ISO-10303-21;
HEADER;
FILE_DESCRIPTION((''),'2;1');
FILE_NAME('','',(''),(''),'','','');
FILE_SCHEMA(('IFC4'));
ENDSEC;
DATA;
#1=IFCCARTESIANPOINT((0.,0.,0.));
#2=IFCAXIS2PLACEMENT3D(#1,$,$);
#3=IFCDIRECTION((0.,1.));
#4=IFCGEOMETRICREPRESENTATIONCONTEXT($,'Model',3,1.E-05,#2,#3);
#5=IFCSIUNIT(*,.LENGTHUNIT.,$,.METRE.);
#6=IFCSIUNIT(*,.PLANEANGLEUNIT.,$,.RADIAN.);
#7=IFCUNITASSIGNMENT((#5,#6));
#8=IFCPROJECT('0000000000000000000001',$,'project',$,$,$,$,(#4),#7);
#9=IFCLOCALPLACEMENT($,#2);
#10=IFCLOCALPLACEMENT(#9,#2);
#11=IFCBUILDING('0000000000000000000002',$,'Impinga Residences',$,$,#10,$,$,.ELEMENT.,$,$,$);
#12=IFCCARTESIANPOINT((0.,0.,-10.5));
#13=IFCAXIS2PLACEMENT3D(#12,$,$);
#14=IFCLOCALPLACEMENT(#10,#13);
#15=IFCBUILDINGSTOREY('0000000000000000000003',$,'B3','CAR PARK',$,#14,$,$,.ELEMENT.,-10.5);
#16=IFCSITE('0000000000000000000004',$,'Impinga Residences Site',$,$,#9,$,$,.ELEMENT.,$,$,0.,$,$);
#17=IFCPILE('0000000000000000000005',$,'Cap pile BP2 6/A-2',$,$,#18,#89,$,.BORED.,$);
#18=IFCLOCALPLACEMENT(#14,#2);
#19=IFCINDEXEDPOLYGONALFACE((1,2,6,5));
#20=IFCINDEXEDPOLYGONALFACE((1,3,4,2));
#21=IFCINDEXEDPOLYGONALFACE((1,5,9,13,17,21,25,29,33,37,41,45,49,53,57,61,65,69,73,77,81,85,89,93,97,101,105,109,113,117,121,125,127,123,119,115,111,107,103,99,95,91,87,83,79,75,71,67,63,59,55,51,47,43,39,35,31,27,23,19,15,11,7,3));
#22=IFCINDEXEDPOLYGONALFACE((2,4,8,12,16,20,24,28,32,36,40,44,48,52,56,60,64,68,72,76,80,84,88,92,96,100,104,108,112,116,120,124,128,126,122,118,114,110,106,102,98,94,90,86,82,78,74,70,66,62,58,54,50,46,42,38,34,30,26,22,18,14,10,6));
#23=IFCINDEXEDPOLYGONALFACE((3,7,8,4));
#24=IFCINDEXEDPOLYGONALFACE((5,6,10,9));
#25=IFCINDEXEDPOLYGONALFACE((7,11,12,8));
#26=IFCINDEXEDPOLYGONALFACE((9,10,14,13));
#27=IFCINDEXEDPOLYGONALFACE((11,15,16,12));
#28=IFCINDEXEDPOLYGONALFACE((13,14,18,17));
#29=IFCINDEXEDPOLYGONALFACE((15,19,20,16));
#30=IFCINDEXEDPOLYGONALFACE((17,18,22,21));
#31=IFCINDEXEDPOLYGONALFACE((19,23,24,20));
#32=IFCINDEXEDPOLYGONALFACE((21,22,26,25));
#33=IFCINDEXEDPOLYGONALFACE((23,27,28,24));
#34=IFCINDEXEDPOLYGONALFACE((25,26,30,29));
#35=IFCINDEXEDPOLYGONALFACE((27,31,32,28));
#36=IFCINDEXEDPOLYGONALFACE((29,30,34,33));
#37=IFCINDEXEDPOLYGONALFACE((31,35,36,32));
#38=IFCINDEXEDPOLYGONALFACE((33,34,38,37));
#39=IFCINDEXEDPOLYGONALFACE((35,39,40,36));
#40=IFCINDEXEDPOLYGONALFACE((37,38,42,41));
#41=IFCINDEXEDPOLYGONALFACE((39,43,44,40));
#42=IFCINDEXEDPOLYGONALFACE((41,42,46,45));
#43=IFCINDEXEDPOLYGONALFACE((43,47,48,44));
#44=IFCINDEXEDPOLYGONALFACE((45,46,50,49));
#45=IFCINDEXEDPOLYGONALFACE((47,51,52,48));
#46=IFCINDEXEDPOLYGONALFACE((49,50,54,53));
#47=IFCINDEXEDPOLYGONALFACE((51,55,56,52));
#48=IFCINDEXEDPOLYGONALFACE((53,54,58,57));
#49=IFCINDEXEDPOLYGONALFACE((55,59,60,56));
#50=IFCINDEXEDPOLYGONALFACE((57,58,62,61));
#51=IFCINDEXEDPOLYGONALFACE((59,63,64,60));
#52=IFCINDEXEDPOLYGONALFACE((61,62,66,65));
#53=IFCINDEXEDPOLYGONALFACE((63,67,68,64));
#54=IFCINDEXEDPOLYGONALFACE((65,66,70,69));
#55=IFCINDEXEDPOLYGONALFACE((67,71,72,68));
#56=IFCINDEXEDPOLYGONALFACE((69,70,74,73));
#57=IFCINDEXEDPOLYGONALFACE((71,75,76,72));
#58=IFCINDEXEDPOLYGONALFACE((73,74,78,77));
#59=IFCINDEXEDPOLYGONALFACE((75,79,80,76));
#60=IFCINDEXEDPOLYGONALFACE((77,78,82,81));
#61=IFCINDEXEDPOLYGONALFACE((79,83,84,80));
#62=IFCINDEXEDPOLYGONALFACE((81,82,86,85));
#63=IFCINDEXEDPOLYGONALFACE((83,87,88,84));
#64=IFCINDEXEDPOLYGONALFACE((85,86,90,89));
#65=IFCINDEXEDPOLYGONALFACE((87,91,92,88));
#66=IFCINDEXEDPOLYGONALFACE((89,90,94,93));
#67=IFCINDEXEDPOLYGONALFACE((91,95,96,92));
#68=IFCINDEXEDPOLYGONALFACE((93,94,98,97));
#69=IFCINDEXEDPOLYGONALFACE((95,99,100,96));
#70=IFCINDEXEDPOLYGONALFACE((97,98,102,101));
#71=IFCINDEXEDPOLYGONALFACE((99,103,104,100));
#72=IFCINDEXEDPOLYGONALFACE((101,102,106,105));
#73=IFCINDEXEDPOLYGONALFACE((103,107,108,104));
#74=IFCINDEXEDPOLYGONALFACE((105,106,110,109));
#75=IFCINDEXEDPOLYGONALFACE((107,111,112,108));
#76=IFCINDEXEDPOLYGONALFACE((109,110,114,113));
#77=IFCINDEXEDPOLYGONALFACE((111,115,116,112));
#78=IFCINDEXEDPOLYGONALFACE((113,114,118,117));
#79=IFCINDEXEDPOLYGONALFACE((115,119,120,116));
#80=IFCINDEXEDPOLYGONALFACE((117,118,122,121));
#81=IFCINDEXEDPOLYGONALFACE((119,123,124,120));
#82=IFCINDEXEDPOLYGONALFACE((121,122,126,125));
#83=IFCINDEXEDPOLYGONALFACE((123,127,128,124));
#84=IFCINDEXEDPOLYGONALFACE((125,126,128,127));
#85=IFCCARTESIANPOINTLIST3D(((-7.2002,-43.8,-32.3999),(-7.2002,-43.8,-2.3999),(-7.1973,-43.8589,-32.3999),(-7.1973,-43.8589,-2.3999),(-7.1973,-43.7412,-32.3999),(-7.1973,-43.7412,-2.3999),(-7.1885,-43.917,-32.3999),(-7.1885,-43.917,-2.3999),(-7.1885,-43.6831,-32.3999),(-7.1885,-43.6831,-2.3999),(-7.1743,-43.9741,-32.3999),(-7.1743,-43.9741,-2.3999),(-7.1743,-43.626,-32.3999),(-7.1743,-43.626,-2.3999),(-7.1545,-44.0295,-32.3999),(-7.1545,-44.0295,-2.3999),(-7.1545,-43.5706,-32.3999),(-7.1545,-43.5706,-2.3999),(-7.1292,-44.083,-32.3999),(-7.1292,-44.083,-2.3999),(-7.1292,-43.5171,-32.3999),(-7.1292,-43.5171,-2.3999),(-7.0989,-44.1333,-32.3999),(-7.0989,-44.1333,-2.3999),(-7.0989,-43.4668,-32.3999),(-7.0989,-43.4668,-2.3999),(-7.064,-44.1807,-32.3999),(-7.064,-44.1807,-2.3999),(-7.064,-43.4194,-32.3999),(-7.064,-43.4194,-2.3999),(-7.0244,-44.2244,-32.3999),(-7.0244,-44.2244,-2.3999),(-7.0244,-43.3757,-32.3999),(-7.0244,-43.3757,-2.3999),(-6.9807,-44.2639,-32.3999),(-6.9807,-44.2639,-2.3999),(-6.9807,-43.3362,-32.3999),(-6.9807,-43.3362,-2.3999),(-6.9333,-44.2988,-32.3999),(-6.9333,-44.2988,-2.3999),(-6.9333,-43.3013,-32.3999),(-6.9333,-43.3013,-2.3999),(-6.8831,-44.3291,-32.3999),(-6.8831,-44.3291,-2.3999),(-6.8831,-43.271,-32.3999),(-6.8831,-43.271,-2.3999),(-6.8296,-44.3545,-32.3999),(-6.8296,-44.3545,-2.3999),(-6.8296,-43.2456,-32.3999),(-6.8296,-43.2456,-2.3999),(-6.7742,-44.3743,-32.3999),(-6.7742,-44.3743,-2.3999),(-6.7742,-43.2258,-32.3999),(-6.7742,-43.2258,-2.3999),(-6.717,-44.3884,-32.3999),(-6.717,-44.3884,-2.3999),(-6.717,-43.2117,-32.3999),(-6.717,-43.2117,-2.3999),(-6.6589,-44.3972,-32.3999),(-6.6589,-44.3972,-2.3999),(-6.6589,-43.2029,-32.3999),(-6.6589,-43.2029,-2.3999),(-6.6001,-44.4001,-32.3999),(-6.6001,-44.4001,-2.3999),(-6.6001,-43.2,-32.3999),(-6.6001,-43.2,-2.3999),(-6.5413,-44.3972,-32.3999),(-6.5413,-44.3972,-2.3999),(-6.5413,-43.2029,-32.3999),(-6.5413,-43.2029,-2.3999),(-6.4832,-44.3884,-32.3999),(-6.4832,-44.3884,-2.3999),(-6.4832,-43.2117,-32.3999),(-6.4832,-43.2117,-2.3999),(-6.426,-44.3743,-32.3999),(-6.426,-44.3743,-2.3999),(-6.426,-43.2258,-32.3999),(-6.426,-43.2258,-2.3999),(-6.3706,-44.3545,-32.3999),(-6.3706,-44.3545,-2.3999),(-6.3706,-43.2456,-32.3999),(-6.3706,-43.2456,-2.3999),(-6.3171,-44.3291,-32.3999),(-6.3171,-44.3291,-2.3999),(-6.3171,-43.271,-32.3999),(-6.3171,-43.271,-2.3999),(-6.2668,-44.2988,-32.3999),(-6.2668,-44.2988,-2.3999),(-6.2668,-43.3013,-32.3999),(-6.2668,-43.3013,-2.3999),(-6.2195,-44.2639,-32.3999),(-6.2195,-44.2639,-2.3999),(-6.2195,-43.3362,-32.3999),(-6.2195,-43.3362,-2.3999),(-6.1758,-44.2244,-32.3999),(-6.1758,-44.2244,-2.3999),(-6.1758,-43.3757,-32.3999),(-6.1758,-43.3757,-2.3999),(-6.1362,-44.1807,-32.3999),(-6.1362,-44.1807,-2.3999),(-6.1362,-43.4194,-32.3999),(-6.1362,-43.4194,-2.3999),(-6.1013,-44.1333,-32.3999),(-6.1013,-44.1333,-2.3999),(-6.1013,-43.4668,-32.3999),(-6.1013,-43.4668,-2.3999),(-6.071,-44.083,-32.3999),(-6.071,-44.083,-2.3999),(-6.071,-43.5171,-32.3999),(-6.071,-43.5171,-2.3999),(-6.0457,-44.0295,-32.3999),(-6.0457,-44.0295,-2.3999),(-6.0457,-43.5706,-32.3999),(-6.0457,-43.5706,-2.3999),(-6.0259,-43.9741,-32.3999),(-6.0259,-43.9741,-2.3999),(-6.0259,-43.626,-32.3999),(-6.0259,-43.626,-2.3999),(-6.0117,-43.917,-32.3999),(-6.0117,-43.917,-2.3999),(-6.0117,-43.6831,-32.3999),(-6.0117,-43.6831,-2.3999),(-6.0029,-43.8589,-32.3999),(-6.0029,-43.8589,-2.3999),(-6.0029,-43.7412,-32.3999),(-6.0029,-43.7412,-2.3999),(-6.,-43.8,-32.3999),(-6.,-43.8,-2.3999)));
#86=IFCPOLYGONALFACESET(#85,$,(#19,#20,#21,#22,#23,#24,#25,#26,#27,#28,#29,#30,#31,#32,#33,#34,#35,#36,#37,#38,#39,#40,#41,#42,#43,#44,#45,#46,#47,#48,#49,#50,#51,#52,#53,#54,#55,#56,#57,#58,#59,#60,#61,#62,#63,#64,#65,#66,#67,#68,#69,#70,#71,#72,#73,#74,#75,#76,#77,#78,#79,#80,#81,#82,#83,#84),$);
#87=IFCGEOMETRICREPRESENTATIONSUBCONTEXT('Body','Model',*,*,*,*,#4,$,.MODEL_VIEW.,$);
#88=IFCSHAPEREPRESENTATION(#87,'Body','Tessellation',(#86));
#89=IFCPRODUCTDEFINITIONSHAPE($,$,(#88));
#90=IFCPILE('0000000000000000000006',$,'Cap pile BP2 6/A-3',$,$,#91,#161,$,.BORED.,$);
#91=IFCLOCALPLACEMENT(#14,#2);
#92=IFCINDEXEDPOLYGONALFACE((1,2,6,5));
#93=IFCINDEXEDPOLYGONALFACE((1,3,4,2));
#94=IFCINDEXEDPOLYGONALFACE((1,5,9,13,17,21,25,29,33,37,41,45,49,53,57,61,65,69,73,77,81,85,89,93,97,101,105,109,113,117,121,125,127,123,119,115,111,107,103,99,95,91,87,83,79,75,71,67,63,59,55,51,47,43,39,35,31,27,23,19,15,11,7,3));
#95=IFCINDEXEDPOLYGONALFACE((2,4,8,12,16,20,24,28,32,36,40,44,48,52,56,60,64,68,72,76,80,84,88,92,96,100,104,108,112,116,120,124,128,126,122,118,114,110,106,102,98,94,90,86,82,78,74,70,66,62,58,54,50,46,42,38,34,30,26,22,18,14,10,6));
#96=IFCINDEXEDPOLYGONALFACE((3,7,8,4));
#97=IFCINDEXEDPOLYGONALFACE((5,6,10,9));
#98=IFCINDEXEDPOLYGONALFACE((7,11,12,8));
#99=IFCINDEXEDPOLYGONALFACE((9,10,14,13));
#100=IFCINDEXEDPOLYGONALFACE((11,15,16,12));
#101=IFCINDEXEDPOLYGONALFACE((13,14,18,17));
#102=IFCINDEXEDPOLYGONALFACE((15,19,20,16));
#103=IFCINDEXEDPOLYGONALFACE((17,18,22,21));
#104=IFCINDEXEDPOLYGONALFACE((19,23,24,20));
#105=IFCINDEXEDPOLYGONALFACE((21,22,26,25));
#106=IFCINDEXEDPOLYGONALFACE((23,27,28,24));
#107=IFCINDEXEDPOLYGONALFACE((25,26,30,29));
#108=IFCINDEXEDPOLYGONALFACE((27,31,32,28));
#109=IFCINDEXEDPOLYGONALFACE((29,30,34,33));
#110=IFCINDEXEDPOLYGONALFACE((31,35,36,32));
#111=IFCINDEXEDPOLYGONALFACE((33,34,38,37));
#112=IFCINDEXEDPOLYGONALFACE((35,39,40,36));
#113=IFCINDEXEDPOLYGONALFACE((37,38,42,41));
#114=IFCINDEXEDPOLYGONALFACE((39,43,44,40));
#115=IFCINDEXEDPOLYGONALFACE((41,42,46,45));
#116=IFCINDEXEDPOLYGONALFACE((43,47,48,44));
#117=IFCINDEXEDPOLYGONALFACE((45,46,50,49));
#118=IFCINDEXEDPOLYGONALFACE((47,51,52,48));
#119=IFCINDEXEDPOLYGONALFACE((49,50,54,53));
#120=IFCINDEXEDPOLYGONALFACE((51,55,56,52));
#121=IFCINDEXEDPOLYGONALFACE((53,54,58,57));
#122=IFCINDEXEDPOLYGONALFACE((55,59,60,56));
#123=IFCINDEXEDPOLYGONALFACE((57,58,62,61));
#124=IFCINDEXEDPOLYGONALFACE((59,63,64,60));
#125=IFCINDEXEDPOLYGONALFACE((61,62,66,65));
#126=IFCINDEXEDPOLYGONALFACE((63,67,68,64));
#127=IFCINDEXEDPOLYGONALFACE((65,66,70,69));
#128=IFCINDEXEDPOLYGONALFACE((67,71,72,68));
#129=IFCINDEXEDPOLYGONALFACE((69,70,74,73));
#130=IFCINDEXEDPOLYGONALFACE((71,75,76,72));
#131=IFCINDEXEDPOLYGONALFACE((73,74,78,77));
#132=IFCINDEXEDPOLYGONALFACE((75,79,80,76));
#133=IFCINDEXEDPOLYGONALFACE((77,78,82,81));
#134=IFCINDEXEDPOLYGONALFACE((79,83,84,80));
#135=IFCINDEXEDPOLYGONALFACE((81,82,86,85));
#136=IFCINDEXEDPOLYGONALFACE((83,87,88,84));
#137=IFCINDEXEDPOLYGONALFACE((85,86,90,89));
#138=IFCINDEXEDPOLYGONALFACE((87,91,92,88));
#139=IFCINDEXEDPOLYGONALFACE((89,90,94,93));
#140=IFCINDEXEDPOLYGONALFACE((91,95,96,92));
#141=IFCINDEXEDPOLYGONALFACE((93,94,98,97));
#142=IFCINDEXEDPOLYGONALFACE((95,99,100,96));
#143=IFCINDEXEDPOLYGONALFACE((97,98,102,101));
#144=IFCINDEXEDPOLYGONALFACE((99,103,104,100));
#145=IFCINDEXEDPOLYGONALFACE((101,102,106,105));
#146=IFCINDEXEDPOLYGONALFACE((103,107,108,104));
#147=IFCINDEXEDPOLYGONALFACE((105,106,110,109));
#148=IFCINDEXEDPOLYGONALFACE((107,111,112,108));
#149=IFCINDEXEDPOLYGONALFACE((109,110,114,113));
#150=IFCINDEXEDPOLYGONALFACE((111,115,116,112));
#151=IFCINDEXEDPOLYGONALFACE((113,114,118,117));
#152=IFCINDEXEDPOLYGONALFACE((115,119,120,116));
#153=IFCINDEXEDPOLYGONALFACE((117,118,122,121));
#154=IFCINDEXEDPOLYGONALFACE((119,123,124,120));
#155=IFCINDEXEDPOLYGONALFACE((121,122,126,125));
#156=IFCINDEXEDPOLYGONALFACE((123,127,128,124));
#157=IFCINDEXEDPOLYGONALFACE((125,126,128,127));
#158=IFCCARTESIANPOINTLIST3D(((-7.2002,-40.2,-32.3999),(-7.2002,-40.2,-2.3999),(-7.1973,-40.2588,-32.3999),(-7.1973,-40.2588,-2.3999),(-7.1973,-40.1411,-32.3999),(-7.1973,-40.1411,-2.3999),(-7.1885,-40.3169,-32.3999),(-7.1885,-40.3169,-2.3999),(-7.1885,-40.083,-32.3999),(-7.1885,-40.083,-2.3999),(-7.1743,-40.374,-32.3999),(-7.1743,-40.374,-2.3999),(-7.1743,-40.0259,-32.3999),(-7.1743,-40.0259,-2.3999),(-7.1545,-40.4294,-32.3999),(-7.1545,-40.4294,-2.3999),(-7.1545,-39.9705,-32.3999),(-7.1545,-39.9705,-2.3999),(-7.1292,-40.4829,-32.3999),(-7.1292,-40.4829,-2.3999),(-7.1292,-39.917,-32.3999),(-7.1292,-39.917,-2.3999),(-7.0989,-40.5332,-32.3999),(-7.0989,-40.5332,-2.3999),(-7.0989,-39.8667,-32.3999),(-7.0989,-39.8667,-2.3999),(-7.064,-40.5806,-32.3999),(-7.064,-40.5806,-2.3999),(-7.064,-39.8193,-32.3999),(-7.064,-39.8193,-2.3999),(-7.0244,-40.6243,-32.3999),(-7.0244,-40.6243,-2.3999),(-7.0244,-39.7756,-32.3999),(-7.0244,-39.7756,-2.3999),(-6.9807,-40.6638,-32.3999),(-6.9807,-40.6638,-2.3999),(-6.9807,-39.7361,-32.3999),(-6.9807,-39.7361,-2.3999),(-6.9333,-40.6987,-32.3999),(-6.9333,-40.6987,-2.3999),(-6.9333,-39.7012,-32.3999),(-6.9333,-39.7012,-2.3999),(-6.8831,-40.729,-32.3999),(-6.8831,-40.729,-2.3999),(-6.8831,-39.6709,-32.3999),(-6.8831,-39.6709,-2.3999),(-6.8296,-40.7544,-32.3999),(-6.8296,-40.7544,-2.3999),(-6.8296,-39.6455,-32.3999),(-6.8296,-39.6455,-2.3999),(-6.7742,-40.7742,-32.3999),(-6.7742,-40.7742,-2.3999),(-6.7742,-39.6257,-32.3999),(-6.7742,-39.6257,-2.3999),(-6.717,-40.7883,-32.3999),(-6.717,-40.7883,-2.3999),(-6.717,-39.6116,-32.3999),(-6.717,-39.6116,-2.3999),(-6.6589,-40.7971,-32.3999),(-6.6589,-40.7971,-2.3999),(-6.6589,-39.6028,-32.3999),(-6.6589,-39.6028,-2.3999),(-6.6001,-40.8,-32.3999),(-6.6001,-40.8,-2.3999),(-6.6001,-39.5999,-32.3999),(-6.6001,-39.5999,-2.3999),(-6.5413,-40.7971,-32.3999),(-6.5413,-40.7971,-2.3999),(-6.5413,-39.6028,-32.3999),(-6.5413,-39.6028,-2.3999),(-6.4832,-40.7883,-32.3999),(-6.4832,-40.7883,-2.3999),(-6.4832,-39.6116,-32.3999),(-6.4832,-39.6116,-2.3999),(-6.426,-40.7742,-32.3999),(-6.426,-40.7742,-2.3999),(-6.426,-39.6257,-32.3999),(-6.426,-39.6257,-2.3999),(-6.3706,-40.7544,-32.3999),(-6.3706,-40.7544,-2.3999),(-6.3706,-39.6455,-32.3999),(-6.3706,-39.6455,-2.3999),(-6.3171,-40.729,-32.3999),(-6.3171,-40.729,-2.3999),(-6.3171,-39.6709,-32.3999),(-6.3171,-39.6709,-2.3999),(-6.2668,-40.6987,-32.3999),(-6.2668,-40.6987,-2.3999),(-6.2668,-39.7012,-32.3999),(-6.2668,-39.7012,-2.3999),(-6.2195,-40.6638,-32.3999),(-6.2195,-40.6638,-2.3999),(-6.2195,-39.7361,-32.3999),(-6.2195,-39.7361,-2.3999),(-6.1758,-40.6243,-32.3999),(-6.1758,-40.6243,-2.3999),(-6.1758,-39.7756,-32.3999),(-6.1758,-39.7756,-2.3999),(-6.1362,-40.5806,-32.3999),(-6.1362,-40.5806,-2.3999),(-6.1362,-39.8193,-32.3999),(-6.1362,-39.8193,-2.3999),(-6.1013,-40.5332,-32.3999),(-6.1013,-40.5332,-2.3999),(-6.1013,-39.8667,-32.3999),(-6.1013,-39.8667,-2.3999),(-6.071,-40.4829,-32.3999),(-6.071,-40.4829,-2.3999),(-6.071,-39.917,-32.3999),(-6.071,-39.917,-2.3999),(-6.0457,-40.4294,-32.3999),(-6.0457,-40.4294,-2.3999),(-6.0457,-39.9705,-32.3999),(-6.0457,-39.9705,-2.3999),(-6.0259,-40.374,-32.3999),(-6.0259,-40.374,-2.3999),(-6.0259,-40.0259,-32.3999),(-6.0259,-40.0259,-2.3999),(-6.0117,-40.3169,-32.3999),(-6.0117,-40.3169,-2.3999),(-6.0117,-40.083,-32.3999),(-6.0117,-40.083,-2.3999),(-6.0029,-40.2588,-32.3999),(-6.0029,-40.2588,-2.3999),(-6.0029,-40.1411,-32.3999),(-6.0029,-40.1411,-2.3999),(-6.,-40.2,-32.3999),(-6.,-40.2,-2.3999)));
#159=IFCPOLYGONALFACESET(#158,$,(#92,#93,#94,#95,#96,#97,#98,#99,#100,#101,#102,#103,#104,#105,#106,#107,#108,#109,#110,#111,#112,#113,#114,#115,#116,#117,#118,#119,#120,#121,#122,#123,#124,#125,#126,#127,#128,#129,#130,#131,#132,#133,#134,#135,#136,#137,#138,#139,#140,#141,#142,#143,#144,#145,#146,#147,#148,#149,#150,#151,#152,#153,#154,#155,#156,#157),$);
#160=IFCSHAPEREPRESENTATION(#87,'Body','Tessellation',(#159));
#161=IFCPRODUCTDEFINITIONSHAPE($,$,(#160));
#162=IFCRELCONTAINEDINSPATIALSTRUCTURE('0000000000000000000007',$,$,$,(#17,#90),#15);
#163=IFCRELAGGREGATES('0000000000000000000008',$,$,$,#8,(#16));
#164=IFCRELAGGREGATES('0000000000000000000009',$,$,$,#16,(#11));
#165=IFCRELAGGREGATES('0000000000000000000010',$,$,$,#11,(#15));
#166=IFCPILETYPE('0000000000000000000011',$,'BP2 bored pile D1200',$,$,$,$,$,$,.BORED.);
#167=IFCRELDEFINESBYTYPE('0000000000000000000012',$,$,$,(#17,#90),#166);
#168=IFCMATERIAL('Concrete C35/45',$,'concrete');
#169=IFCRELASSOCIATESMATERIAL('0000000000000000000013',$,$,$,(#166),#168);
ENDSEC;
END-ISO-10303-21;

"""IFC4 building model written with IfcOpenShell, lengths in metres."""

from ifc_helpers import new_model, si_unit, direction, frame, origin, origin_2d, place, context, subcontext, project, spatial, polyline, circle, outline, extrude, material, material_profile, profile_set, type_object, element, save


model = new_model("IFC4")

# Units and contexts
model_context = context("Model", 3, precision=1e-05, world=origin(), true_north=direction((0.0, 1.0)))
body_context = subcontext(model_context, "Body", "Model", "MODEL_VIEW")
ifc_project = project(units=[si_unit("LENGTHUNIT", "METRE"), si_unit("PLANEANGLEUNIT", "RADIAN")], contexts=[model_context])

# Site, building, storey
site_placement = place(None, origin())
site = spatial("IfcSite", under=ifc_project, at=site_placement, Name="Impinga Residences Site", CompositionType="ELEMENT", RefElevation=0.0)
building_placement = place(site_placement, origin())
building = spatial("IfcBuilding", under=site, at=building_placement, Name="Impinga Residences", CompositionType="ELEMENT")
storey_placement = place(building_placement, frame((0.0, 0.0, -10.5)))
storey = spatial("IfcBuildingStorey", under=building, at=storey_placement, Name="B3", Description="CAR PARK", CompositionType="ELEMENT", Elevation=-10.5)

# Piles
ifc_material_1 = material(Name="Concrete C35/45", Category="concrete")
ifc_material_profile_1 = material_profile(ifc_material_1, circle(Radius=0.6001, at=origin_2d()), Name="D1200")
ifc_profile_set_1 = profile_set([ifc_material_profile_1], Name="Concrete C35/45")
pile_type_1 = type_object("IfcPileType", Name="BP2 bored pile D1200", PredefinedType="BORED", material=ifc_profile_set_1)
pile_1_placement = place(storey_placement, frame((-6.6001, -43.8, -2.3999), z_axis=(0.0, 0.0, -1.0), x_axis=(1.0, 0.0, 0.0)))
element("IfcPile", 1, at=pile_1_placement, inside=storey, type_object=pile_type_1, Name="Cap pile BP2 6/A-2", PredefinedType="BORED", context=body_context, shape_type="SweptSolid", body=[
    extrude(outline(polyline([(0.6001, 0.0), (0.5972, 0.0588), (0.5884, 0.1169), (0.5742, 0.1741), (0.5544, 0.2295), (0.5291, 0.283), (0.4988, 0.3333), (0.4639, 0.3806), (0.4243, 0.4243), (0.3806, 0.4639), (0.3333, 0.4988), (0.283, 0.5291), (0.2295, 0.5544), (0.1741, 0.5742), (0.1169, 0.5884), (0.0588, 0.5972), (0.0, 0.6001), (-0.0588, 0.5972), (-0.1169, 0.5884), (-0.1741, 0.5742), (-0.2295, 0.5544), (-0.283, 0.5291), (-0.3333, 0.4988), (-0.3806, 0.4639), (-0.4243, 0.4243), (-0.4639, 0.3806), (-0.4988, 0.3333), (-0.5291, 0.283), (-0.5544, 0.2295), (-0.5742, 0.1741), (-0.5884, 0.1169), (-0.5972, 0.0588), (-0.6001, 0.0), (-0.5972, -0.0588), (-0.5884, -0.1169), (-0.5742, -0.1741), (-0.5544, -0.2295), (-0.5291, -0.283), (-0.4988, -0.3333), (-0.4639, -0.3806), (-0.4243, -0.4243), (-0.3806, -0.4639), (-0.3333, -0.4988), (-0.283, -0.5291), (-0.2295, -0.5544), (-0.1741, -0.5742), (-0.1169, -0.5884), (-0.0588, -0.5972), (0.0, -0.6001), (0.0588, -0.5972), (0.1169, -0.5884), (0.1741, -0.5742), (0.2295, -0.5544), (0.283, -0.5291), (0.3333, -0.4988), (0.3806, -0.4639), (0.4243, -0.4243), (0.4639, -0.3806), (0.4988, -0.3333), (0.5291, -0.283), (0.5544, -0.2295), (0.5742, -0.1741), (0.5884, -0.1169), (0.5972, -0.0588), (0.6001, 0.0)])), origin(), (0.0, 0.0, 1.0), 30.0),
])
pile_2_placement = place(storey_placement, frame((-6.6001, -40.2, -2.3999), z_axis=(0.0, 0.0, -1.0), x_axis=(1.0, 0.0, 0.0)))
element("IfcPile", 2, at=pile_2_placement, inside=storey, type_object=pile_type_1, Name="Cap pile BP2 6/A-3", PredefinedType="BORED", context=body_context, shape_type="SweptSolid", body=[
    extrude(outline(polyline([(0.6001, 0.0), (0.5972, 0.0588), (0.5884, 0.1169), (0.5742, 0.1741), (0.5544, 0.2295), (0.5291, 0.283), (0.4988, 0.3333), (0.4639, 0.3806), (0.4243, 0.4243), (0.3806, 0.4639), (0.3333, 0.4988), (0.283, 0.5291), (0.2295, 0.5544), (0.1741, 0.5742), (0.1169, 0.5884), (0.0588, 0.5972), (0.0, 0.6001), (-0.0588, 0.5972), (-0.1169, 0.5884), (-0.1741, 0.5742), (-0.2295, 0.5544), (-0.283, 0.5291), (-0.3333, 0.4988), (-0.3806, 0.4639), (-0.4243, 0.4243), (-0.4639, 0.3806), (-0.4988, 0.3333), (-0.5291, 0.283), (-0.5544, 0.2295), (-0.5742, 0.1741), (-0.5884, 0.1169), (-0.5972, 0.0588), (-0.6001, 0.0), (-0.5972, -0.0588), (-0.5884, -0.1169), (-0.5742, -0.1741), (-0.5544, -0.2295), (-0.5291, -0.283), (-0.4988, -0.3333), (-0.4639, -0.3806), (-0.4243, -0.4243), (-0.3806, -0.4639), (-0.3333, -0.4988), (-0.283, -0.5291), (-0.2295, -0.5544), (-0.1741, -0.5742), (-0.1169, -0.5884), (-0.0588, -0.5972), (0.0, -0.6001), (0.0588, -0.5972), (0.1169, -0.5884), (0.1741, -0.5742), (0.2295, -0.5544), (0.283, -0.5291), (0.3333, -0.4988), (0.3806, -0.4639), (0.4243, -0.4243), (0.4639, -0.3806), (0.4988, -0.3333), (0.5291, -0.283), (0.5544, -0.2295), (0.5742, -0.1741), (0.5884, -0.1169), (0.5972, -0.0588), (0.6001, 0.0)])), origin(), (0.0, 0.0, 1.0), 30.0),
])

save(model, "model.ifc")
